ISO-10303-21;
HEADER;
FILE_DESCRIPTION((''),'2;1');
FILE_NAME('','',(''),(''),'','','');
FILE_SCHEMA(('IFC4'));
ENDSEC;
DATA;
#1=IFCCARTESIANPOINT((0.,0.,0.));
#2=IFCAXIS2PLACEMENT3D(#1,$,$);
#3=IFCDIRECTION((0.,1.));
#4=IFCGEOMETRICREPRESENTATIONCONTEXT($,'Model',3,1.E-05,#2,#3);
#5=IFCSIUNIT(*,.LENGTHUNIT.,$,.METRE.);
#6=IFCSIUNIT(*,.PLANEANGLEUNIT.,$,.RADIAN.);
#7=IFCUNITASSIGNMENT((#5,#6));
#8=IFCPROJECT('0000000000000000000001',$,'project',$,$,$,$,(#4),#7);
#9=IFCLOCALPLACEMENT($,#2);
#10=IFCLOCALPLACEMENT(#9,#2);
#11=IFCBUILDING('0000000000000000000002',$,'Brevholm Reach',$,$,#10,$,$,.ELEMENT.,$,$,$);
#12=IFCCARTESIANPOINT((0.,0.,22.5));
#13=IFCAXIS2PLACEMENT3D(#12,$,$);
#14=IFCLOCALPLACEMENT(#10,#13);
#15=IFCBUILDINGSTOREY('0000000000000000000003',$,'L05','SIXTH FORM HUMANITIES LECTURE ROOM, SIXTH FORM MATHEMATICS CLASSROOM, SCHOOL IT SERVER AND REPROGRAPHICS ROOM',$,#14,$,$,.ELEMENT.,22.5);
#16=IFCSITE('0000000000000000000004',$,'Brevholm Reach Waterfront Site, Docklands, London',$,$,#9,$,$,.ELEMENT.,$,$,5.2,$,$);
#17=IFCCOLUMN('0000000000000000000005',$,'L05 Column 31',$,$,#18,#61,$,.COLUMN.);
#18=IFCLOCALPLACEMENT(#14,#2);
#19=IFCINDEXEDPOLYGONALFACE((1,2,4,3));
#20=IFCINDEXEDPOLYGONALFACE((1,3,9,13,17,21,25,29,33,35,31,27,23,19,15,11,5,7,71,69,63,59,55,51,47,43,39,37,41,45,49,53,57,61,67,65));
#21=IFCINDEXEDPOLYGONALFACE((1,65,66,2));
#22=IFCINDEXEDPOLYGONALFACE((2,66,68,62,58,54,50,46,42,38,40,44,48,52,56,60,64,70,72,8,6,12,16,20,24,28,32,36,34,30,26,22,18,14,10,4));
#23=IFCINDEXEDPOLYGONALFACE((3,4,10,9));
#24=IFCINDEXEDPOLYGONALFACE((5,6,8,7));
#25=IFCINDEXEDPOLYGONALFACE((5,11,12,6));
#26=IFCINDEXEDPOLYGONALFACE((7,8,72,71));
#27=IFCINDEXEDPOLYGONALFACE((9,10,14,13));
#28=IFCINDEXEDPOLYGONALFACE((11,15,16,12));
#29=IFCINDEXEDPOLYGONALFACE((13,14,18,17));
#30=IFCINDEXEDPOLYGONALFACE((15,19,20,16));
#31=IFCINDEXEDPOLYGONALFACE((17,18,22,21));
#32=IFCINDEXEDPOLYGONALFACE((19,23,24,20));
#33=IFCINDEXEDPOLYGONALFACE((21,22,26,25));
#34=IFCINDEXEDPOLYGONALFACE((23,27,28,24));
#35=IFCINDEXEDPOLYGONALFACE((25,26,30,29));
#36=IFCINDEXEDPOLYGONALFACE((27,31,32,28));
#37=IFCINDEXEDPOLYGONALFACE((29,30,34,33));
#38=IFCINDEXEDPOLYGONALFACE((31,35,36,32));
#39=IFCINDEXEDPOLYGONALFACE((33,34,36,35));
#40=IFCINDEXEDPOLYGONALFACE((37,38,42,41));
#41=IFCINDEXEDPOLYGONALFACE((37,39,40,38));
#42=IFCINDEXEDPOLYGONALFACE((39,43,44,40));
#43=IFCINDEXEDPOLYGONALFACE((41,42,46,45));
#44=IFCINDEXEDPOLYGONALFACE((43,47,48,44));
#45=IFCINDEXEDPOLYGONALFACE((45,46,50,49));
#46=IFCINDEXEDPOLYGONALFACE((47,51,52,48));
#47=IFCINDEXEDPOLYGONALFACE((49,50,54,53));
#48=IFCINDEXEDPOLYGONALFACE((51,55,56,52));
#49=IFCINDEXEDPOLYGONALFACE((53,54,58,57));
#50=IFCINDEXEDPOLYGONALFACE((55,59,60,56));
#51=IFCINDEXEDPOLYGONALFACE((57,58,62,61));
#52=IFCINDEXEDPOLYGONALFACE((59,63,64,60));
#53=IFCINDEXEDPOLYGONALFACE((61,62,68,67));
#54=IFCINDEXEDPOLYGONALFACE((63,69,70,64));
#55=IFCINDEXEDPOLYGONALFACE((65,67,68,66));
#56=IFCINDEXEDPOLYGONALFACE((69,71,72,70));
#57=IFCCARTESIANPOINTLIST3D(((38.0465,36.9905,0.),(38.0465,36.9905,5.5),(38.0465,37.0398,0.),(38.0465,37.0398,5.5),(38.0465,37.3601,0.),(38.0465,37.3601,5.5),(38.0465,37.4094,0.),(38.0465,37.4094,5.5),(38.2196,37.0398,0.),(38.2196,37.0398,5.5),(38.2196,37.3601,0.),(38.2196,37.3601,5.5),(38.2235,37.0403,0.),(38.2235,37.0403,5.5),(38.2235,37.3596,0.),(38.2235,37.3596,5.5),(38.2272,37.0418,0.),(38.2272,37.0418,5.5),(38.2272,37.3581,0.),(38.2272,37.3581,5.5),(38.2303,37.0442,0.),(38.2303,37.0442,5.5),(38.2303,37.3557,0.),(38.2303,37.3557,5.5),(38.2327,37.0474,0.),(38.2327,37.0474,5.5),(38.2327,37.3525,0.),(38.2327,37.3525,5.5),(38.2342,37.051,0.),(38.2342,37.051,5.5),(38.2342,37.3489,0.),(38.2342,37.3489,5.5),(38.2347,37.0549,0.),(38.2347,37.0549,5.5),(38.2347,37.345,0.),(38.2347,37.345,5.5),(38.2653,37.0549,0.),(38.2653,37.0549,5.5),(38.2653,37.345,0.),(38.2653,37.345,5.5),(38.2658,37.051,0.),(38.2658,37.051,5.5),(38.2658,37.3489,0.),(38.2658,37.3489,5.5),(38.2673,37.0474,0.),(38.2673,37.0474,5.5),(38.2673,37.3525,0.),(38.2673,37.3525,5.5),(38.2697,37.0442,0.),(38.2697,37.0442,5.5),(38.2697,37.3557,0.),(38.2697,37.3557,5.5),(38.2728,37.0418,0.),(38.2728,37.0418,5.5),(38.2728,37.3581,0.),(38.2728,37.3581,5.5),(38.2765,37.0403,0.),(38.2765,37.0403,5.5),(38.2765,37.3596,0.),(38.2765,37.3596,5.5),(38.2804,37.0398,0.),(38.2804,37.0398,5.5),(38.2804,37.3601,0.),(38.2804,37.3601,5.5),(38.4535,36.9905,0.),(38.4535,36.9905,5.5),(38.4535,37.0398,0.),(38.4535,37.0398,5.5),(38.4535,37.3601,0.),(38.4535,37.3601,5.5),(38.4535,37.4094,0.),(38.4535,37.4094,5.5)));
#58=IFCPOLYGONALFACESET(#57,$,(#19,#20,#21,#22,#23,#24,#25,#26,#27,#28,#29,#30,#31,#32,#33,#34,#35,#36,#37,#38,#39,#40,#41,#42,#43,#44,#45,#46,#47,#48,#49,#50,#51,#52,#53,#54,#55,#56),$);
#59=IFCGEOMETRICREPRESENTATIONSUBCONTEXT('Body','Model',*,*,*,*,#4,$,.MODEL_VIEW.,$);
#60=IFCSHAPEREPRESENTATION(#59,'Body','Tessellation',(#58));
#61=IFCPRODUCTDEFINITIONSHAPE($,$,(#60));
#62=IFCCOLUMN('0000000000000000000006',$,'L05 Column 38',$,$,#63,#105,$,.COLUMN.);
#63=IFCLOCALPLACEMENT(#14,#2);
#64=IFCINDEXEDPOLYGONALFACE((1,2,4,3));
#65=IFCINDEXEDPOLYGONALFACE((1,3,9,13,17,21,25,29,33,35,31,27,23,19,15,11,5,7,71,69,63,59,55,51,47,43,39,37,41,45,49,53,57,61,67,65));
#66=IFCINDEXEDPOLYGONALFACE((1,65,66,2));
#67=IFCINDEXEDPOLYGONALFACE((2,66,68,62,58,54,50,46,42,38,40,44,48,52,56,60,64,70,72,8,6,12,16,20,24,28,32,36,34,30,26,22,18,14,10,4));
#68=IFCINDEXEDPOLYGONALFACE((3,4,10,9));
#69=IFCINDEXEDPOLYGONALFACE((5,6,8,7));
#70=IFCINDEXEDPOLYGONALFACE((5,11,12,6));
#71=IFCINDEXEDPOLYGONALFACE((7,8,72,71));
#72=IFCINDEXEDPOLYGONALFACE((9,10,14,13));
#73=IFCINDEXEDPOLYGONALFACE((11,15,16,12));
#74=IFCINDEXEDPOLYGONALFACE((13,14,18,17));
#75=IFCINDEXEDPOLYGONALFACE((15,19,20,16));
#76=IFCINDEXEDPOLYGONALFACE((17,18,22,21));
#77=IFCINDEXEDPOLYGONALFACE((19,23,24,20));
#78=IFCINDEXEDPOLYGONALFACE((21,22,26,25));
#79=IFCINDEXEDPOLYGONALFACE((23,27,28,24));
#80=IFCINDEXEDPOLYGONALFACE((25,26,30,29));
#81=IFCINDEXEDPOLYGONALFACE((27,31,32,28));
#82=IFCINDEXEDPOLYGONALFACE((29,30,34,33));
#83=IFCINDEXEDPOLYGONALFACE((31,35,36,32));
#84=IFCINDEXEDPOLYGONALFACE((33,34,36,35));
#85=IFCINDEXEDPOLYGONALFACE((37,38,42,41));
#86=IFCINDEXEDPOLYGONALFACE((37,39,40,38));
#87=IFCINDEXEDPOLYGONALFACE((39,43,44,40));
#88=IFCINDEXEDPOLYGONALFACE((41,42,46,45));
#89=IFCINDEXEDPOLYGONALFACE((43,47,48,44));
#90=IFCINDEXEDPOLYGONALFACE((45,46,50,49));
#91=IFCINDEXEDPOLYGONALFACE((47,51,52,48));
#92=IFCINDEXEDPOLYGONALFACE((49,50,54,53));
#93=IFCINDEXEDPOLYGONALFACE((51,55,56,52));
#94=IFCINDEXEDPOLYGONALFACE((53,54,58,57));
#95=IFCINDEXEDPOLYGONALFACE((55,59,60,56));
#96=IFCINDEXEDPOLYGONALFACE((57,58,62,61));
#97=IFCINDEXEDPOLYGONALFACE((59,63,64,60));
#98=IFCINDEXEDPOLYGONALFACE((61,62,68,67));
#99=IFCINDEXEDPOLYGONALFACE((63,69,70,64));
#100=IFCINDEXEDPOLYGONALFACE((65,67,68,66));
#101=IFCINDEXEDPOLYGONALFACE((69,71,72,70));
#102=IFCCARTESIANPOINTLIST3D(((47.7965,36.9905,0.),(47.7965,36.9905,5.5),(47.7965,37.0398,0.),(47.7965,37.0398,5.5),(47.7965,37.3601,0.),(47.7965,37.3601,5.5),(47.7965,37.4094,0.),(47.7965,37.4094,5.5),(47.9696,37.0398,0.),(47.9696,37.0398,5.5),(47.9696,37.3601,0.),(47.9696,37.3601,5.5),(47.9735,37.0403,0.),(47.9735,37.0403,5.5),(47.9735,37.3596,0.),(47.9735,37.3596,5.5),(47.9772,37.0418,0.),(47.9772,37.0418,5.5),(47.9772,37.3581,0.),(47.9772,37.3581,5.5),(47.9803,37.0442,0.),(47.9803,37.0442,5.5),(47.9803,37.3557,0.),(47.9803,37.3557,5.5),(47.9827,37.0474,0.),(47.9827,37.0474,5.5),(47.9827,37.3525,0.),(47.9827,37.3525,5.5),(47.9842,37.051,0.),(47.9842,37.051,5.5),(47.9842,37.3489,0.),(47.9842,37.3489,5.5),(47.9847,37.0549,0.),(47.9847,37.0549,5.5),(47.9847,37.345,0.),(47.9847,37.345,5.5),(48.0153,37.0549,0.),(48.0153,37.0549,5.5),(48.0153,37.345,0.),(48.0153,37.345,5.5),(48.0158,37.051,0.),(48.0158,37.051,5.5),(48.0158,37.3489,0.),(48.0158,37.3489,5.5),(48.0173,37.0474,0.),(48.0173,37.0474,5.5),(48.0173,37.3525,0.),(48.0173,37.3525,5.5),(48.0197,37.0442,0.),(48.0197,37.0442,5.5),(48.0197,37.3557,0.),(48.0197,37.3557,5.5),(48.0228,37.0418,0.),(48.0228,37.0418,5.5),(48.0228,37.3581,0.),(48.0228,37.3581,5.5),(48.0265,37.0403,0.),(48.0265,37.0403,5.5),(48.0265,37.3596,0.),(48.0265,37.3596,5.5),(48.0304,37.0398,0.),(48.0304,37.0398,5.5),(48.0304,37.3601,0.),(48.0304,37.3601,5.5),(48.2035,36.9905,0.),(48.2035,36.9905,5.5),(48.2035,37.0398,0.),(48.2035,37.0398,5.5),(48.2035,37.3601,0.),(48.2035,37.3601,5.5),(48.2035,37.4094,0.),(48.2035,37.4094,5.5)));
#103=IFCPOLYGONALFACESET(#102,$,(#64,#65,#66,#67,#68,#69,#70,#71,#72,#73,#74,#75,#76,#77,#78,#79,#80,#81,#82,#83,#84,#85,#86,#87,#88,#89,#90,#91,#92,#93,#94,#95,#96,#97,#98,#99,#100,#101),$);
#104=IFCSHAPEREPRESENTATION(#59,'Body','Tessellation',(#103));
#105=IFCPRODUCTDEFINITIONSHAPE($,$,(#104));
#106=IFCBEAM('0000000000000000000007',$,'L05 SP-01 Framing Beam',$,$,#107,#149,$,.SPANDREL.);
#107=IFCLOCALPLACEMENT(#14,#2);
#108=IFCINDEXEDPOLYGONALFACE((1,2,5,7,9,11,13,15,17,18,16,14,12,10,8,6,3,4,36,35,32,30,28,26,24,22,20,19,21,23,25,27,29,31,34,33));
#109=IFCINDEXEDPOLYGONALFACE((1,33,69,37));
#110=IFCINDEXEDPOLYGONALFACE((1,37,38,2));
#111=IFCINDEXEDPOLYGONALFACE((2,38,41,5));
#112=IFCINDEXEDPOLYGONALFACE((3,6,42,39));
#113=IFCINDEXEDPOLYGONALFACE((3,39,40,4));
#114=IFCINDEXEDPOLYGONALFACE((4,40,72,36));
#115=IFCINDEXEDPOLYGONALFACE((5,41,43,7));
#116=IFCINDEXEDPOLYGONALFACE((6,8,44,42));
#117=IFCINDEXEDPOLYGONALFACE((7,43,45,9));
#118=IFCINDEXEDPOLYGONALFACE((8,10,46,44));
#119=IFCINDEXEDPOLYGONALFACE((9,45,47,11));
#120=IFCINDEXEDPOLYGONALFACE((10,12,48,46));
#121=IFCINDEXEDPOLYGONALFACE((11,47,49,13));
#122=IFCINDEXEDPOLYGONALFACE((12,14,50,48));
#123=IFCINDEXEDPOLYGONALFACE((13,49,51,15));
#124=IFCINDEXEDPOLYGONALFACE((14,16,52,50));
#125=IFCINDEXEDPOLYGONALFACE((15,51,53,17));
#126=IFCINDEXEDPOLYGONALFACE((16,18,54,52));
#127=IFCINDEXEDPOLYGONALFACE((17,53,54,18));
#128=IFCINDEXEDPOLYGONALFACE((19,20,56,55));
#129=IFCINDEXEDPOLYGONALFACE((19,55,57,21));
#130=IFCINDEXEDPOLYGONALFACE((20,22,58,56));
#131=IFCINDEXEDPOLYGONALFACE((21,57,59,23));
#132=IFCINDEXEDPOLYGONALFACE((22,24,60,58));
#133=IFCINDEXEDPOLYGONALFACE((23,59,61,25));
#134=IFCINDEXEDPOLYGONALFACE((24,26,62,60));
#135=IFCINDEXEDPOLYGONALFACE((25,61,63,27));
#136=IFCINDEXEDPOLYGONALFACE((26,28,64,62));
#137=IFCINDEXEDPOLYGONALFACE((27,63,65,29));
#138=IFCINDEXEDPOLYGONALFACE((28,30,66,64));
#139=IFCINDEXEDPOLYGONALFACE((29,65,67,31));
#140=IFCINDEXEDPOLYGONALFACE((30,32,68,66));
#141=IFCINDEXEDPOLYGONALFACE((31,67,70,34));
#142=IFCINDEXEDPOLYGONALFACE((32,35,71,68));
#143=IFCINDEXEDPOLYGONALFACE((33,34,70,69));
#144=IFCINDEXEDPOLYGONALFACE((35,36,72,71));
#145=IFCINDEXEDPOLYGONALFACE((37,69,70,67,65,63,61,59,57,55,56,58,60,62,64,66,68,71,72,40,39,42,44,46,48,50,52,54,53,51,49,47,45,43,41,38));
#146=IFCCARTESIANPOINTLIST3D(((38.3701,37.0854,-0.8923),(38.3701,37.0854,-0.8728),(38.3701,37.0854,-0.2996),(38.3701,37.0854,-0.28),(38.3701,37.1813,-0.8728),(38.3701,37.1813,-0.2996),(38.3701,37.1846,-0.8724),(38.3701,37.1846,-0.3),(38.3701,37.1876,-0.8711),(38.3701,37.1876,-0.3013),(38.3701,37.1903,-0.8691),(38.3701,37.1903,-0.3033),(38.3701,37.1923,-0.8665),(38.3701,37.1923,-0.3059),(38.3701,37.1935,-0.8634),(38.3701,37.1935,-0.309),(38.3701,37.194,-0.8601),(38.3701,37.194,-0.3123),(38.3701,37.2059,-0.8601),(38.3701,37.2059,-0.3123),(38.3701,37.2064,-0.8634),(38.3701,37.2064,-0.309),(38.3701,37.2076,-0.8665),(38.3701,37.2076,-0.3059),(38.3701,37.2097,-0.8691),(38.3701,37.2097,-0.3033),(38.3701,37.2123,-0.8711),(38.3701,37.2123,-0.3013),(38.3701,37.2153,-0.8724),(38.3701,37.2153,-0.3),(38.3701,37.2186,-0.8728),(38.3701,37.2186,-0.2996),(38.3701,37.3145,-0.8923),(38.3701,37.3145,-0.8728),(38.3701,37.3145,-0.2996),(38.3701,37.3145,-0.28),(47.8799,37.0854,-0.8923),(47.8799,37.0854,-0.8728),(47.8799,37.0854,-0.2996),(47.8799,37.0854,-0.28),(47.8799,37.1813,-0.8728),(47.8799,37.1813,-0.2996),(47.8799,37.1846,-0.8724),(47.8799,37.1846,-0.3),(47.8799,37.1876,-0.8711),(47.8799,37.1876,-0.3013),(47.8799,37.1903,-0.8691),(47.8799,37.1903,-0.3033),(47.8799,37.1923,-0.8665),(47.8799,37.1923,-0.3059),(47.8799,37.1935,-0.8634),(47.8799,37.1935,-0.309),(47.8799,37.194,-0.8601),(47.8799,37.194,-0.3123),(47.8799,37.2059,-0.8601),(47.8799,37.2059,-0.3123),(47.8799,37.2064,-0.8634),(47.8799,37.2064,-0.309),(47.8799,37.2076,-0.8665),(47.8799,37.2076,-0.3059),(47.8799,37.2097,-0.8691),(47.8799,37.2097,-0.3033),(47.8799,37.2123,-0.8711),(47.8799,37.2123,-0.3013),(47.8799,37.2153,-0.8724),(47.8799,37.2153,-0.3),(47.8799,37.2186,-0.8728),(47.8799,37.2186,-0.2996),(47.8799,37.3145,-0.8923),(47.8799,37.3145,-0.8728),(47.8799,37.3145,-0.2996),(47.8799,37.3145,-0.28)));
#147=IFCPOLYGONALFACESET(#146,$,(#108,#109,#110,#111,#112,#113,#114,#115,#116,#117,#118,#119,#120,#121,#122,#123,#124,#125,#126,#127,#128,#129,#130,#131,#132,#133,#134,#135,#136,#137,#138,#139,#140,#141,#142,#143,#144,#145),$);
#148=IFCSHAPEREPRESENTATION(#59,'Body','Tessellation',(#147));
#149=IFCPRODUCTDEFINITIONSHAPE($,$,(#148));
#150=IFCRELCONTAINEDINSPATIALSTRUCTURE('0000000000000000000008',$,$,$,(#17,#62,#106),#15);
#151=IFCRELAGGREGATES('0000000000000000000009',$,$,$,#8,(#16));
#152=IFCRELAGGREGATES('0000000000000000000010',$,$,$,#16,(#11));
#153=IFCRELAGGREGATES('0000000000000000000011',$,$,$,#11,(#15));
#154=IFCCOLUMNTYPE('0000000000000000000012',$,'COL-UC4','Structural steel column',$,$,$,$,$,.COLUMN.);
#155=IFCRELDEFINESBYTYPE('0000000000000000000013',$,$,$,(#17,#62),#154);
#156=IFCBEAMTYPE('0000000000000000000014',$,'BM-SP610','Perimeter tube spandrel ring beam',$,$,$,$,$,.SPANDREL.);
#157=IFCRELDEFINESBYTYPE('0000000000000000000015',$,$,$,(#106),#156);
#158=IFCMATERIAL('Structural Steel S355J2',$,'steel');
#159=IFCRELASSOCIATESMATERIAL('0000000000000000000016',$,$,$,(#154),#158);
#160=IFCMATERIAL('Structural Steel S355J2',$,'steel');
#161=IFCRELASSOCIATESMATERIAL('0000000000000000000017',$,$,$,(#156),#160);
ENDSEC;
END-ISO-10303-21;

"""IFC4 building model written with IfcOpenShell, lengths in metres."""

from ifc_helpers import new_model, si_unit, direction, frame, origin, origin_2d, place, context, subcontext, project, spatial, i_section, extrude, material, material_profile, profile_set, type_object, element, save


model = new_model("IFC4")

# Units and contexts
model_context = context("Model", 3, precision=1e-05, world=origin(), true_north=direction((0.0, 1.0)))
body_context = subcontext(model_context, "Body", "Model", "MODEL_VIEW")
ifc_project = project(units=[si_unit("LENGTHUNIT", "METRE"), si_unit("PLANEANGLEUNIT", "RADIAN")], contexts=[model_context])

# Site, building, storey
site_placement = place(None, origin())
site = spatial("IfcSite", under=ifc_project, at=site_placement, Name="Brevholm Reach Waterfront Site, Docklands, London", CompositionType="ELEMENT", RefElevation=5.2)
building_placement = place(site_placement, origin())
building = spatial("IfcBuilding", under=site, at=building_placement, Name="Brevholm Reach", CompositionType="ELEMENT")
storey_placement = place(building_placement, frame((0.0, 0.0, 22.5)))
storey = spatial("IfcBuildingStorey", under=building, at=storey_placement, Name="L05", Description="SIXTH FORM HUMANITIES LECTURE ROOM, SIXTH FORM MATHEMATICS CLASSROOM, SCHOOL IT SERVER AND REPROGRAPHICS ROOM", CompositionType="ELEMENT", Elevation=22.5)

# Columns
ifc_material_1 = material(Name="Structural Steel S355J2", Category="steel")
ifc_material_profile_1 = material_profile(ifc_material_1, i_section(OverallWidth=0.407, OverallDepth=0.4189, WebThickness=0.0305, FlangeThickness=0.0493, FilletRadius=0.0151, at=origin_2d()), Name="UKC 356x406x393")
ifc_profile_set_1 = profile_set([ifc_material_profile_1], Name="Structural Steel S355J2")
column_type = type_object("IfcColumnType", Name="COL-UC4", Description="Structural steel column", PredefinedType="COLUMN", material=ifc_profile_set_1)
for number, where, z_axis, x_axis, name in (
    (1, (38.25, 37.2, 0.0), (0.0, 0.0, 1.0), (1.0, 0.0, 0.0), "L05 Column 31"),
    (2, (48.0, 37.2, 0.0), (0.0, 0.0, 1.0), (1.0, 0.0, 0.0), "L05 Column 38"),
):
    element("IfcColumn", number, at=place(storey_placement, frame(where, z_axis=z_axis, x_axis=x_axis)), inside=storey, type_object=column_type, Name=name, PredefinedType="COLUMN", context=body_context, shape_type="SweptSolid", body=[
        extrude(i_section(OverallWidth=0.407, OverallDepth=0.4189, WebThickness=0.0305, FlangeThickness=0.0493, FilletRadius=0.0151, at=origin_2d()), origin(), (0.0, 0.0, 1.0), 5.5),
    ])

# Beam
ifc_material_2 = material(Name="Structural Steel S355J2", Category="steel")
ifc_material_profile_2 = material_profile(ifc_material_2, i_section(OverallWidth=0.229, OverallDepth=0.6123, WebThickness=0.012, FlangeThickness=0.0195, FilletRadius=0.0127, at=origin_2d()), Name="UKB 610x229x125")
ifc_profile_set_2 = profile_set([ifc_material_profile_2], Name="Structural Steel S355J2")
beam_type = type_object("IfcBeamType", Name="BM-SP610", Description="Perimeter tube spandrel ring beam", PredefinedType="SPANDREL", material=ifc_profile_set_2)
beam_placement = place(storey_placement, frame((38.3701, 37.2, -0.5862), z_axis=(1.0, 0.0, 0.0), x_axis=(0.0, 1.0, 0.0)))
element("IfcBeam", 3, at=beam_placement, inside=storey, type_object=beam_type, Name="L05 SP-01 Framing Beam", PredefinedType="SPANDREL", context=body_context, shape_type="SweptSolid", body=[
    extrude(i_section(OverallWidth=0.229, OverallDepth=0.6123, WebThickness=0.012, FlangeThickness=0.0195, FilletRadius=0.0127, at=origin_2d()), origin(), (0.0, 0.0, 1.0), 9.5098),
])

save(model, "model.ifc")
